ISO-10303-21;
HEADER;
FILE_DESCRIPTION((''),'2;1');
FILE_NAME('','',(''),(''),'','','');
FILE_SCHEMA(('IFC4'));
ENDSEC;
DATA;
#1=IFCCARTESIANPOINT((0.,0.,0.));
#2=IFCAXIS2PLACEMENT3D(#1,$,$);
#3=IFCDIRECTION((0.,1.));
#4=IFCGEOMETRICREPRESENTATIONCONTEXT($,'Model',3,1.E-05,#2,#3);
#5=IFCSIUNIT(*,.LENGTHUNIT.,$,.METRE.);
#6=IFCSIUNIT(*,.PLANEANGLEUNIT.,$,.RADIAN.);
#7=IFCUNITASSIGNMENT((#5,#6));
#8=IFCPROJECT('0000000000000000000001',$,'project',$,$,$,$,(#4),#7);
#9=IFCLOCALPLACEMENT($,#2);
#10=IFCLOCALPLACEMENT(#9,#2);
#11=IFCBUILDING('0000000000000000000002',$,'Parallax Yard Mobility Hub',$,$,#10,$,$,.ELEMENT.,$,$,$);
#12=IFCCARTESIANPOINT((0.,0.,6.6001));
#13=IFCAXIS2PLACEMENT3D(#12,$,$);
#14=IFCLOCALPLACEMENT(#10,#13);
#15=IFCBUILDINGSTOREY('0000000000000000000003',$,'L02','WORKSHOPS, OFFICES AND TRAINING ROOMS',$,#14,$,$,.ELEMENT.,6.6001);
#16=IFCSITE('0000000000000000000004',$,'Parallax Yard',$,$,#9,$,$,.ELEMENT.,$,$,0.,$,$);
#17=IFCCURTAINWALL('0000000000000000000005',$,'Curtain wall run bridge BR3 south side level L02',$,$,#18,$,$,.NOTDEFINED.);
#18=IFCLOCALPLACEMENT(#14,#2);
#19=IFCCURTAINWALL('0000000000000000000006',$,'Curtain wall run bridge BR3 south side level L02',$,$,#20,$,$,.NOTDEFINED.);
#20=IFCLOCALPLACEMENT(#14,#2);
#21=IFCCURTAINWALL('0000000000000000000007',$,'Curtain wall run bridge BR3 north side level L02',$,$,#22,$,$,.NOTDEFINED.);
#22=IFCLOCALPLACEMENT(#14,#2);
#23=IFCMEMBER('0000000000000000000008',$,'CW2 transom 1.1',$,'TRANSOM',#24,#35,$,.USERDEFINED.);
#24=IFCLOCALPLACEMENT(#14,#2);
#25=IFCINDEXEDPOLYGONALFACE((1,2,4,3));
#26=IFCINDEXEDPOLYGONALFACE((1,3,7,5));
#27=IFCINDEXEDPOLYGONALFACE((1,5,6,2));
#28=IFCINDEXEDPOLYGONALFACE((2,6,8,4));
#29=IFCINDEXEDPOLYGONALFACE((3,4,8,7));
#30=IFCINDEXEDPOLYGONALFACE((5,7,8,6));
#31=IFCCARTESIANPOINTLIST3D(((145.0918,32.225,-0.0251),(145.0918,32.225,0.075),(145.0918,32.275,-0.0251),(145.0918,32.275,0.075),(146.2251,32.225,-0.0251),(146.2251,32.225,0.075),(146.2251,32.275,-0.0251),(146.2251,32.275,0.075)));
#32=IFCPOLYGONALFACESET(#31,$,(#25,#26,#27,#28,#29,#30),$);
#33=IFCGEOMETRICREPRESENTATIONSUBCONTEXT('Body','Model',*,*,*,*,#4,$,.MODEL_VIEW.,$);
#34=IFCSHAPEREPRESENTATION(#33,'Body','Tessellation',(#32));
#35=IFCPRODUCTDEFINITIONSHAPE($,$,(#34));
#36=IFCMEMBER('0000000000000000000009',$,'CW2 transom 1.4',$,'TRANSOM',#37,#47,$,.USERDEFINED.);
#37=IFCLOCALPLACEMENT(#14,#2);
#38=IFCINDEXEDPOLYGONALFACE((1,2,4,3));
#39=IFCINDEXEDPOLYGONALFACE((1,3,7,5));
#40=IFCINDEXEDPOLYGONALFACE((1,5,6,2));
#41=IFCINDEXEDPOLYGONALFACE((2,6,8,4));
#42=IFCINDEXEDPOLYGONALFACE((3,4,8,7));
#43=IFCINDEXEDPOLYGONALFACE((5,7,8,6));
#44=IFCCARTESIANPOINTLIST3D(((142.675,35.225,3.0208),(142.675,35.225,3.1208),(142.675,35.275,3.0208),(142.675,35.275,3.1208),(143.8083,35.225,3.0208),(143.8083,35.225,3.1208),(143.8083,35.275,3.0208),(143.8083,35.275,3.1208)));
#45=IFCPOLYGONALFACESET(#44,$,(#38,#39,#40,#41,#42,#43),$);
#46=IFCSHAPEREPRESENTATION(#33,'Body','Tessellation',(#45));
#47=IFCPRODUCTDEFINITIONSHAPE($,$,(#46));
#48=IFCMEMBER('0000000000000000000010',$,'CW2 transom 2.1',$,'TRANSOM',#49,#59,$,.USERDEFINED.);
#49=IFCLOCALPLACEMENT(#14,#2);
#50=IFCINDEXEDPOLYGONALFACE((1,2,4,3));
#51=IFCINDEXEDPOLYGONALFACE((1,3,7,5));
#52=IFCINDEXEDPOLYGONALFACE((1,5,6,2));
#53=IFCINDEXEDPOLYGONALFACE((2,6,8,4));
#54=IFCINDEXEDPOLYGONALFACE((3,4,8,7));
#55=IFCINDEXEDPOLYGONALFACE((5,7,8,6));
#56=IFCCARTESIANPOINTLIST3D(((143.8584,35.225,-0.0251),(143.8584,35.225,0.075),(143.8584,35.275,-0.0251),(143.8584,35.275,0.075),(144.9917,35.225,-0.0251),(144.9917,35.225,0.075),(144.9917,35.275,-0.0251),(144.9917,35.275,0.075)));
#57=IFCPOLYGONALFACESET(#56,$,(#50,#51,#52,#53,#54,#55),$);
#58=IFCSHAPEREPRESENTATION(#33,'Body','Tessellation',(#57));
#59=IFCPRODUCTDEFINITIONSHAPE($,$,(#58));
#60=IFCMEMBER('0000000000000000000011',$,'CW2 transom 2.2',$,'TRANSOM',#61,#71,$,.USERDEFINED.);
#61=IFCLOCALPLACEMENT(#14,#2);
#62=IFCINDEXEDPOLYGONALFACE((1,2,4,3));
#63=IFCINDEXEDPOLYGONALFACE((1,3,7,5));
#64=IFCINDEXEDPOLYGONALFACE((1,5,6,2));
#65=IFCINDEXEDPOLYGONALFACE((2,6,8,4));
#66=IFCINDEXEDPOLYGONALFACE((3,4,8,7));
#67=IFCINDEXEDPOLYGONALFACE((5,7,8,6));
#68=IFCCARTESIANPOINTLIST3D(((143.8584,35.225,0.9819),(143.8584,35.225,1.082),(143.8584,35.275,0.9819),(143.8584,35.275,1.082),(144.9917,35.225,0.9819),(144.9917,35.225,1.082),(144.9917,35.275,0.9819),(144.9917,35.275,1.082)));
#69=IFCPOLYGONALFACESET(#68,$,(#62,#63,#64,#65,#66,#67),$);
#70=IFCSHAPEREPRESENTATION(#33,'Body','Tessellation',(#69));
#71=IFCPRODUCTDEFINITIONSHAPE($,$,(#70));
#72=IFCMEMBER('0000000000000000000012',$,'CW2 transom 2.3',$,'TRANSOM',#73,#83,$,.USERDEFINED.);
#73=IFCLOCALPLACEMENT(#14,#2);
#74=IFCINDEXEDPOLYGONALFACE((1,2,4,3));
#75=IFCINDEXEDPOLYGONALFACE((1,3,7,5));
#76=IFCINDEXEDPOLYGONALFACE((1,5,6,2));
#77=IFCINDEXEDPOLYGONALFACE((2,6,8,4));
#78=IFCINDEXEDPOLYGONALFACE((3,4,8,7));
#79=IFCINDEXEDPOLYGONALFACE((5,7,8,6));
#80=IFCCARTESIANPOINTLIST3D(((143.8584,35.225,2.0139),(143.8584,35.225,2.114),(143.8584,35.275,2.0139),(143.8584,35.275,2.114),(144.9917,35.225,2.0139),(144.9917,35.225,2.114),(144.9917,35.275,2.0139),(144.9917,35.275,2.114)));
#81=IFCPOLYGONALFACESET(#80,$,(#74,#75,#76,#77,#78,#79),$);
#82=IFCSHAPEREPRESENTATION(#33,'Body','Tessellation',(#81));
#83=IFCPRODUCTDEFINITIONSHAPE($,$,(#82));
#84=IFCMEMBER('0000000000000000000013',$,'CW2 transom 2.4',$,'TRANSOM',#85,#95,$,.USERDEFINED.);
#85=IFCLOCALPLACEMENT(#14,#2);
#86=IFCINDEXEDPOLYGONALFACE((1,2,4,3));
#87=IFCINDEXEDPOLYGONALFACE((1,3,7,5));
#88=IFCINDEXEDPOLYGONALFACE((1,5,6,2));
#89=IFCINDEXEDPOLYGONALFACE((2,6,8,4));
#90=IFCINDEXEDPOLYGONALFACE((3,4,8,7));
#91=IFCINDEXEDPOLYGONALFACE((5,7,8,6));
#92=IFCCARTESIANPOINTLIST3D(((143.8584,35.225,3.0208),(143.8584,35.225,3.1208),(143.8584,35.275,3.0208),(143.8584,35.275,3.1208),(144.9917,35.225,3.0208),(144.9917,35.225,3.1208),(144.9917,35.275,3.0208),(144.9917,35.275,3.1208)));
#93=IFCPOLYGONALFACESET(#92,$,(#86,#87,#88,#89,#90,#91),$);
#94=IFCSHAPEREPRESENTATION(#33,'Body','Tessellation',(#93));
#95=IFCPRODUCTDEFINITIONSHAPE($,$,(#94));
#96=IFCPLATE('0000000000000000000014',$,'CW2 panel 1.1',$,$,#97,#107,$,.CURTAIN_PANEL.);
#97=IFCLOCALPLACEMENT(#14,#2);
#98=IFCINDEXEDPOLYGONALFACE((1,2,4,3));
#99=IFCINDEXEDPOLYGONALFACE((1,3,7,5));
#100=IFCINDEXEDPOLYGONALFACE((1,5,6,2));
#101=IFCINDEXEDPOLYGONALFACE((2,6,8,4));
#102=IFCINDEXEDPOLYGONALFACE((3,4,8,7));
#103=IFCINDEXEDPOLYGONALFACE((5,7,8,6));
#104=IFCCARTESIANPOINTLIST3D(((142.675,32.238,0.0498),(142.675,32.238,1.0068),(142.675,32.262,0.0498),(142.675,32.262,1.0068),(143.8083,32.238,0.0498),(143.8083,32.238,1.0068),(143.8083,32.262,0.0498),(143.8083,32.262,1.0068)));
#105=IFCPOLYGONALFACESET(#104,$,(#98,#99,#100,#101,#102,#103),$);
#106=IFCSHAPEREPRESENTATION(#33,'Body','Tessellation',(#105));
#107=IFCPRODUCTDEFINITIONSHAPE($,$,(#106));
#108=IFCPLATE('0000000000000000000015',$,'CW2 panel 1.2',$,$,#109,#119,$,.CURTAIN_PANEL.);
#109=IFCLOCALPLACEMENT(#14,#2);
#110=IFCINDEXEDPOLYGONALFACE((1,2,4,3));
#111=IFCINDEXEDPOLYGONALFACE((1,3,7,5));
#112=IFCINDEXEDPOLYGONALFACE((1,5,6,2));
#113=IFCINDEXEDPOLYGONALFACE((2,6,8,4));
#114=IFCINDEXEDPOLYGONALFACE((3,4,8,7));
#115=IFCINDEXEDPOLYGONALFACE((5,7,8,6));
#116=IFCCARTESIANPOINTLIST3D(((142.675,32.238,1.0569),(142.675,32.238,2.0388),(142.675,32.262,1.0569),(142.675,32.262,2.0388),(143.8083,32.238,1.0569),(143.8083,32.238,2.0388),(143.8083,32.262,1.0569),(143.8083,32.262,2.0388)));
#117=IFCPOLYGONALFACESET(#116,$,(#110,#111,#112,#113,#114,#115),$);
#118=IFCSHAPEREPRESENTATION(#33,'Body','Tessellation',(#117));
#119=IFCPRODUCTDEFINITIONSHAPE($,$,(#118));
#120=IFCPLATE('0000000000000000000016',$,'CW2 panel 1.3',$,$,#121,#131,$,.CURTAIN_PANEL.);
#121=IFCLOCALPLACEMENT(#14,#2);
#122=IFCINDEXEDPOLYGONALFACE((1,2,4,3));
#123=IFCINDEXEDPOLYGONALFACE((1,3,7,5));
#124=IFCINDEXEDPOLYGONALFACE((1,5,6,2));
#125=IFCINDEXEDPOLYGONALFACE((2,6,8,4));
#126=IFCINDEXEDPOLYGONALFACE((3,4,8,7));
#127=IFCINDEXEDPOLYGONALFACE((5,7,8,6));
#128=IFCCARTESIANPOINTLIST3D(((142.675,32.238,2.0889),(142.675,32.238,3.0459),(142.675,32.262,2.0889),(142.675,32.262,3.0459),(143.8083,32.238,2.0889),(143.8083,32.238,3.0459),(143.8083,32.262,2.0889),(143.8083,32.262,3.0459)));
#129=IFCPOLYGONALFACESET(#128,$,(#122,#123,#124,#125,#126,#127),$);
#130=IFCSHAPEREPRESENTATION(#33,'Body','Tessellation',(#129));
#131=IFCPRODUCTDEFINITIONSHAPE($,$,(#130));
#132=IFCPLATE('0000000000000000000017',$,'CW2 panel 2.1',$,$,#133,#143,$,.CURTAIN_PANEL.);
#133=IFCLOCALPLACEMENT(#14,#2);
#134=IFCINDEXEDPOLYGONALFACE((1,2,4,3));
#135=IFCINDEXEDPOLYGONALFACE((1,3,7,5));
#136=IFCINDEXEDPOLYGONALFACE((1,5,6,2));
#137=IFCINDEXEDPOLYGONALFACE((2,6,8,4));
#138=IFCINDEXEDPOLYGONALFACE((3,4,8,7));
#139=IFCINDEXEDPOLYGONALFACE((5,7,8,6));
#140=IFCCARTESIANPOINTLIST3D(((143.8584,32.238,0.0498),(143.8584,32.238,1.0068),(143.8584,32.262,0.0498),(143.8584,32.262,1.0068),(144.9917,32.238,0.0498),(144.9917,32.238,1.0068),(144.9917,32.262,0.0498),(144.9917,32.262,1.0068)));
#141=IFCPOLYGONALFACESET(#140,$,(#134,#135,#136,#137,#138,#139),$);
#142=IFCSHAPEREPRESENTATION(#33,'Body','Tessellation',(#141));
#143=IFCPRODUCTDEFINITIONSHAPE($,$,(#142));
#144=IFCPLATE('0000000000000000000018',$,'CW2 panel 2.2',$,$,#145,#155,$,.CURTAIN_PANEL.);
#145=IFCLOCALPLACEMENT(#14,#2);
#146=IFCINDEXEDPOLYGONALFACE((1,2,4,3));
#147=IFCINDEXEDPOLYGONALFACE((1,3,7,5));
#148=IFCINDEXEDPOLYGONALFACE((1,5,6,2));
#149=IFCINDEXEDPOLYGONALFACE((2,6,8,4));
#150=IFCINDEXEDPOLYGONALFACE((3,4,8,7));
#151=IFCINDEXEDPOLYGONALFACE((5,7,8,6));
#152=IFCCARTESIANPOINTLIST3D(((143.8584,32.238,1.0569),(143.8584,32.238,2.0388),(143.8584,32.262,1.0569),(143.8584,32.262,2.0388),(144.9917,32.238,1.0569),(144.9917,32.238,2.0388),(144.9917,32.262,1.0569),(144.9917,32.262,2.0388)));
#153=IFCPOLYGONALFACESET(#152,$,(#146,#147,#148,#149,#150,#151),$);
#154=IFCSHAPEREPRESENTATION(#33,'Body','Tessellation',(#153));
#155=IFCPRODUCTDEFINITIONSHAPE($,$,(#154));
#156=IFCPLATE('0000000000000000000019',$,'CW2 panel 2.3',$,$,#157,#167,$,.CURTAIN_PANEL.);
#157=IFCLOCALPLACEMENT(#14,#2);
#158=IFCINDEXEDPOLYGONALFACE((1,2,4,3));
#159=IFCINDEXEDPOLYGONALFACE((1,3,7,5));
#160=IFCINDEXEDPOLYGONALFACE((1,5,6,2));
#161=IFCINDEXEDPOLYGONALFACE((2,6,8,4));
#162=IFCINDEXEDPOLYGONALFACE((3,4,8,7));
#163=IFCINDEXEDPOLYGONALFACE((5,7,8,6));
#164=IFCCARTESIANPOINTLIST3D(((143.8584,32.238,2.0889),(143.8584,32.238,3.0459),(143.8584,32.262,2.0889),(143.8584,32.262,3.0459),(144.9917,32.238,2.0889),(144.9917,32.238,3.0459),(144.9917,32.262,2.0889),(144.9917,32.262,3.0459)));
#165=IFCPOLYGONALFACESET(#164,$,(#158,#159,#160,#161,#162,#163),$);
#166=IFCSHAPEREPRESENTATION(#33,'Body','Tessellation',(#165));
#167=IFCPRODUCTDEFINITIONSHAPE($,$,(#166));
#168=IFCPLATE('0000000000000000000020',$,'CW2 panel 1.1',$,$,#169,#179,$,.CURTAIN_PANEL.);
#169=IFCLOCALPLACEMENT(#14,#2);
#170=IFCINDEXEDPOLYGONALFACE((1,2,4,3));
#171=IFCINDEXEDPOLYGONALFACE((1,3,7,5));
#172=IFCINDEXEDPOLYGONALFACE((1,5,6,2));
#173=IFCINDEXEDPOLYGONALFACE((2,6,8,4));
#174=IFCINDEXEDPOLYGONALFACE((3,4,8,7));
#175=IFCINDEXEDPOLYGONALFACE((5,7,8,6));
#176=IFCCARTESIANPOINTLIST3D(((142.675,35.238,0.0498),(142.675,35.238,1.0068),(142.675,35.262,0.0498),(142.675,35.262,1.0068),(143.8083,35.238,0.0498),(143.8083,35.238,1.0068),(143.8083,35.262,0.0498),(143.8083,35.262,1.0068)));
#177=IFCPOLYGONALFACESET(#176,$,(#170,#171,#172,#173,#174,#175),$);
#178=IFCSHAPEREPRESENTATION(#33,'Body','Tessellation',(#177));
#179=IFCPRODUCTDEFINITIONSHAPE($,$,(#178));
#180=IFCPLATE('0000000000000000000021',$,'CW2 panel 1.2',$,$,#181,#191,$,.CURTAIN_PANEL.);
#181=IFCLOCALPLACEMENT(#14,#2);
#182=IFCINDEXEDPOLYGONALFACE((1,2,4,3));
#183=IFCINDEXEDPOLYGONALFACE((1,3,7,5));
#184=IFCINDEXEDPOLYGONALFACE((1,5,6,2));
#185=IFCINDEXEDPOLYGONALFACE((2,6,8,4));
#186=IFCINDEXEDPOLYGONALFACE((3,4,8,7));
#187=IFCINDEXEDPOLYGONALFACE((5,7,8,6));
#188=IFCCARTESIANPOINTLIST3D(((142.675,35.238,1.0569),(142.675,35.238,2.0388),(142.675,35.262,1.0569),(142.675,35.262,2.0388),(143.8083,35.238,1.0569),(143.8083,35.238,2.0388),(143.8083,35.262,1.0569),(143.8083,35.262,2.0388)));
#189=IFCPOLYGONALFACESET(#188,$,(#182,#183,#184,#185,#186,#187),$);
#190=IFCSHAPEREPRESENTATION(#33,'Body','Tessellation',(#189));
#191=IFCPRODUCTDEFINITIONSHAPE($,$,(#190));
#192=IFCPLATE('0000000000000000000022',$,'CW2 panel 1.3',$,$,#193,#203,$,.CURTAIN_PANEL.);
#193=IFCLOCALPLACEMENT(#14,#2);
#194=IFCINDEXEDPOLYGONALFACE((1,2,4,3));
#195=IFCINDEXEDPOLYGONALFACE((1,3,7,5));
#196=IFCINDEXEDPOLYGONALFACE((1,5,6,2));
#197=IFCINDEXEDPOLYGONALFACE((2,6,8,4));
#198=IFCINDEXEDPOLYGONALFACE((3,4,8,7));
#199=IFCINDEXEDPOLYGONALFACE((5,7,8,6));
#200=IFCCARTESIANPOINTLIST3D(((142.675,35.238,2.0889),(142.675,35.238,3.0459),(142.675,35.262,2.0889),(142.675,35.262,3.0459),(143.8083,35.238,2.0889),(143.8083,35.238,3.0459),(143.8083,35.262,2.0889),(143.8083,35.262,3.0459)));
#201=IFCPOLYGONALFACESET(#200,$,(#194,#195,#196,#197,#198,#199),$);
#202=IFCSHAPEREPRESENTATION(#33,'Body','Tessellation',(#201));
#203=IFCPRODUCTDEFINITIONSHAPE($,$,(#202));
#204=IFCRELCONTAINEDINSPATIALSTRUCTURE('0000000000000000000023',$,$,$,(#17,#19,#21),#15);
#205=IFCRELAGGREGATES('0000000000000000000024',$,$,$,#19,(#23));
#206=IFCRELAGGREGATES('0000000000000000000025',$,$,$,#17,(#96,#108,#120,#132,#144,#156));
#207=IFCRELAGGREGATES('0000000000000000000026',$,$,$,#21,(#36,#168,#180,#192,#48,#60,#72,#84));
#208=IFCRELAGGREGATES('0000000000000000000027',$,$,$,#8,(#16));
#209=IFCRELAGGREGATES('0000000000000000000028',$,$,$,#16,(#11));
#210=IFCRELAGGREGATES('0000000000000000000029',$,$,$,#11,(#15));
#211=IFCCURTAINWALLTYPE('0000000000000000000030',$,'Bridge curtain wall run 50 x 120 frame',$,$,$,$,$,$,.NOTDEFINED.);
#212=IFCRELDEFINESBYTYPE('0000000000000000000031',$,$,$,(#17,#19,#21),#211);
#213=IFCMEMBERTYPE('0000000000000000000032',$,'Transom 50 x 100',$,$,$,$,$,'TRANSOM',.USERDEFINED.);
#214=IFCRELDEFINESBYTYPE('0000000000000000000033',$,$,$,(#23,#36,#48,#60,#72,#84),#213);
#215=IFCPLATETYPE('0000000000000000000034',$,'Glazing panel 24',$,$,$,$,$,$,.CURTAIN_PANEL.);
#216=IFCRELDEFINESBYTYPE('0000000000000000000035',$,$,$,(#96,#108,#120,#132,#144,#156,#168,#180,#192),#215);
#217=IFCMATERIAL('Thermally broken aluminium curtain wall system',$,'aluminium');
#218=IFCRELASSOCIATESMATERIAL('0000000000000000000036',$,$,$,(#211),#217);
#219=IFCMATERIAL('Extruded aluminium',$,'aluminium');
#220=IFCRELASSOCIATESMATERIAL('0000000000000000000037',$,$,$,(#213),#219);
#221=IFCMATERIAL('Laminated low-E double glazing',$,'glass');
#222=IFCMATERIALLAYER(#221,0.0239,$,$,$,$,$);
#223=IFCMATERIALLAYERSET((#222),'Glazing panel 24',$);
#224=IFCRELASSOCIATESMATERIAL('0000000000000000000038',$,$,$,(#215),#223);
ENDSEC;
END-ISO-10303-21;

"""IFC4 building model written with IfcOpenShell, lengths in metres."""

from ifc_helpers import new_model, si_unit, direction, frame, origin, origin_2d, place, context, subcontext, project, spatial, rectangle, extrude, material, layer, layer_set, material_profile, profile_set, type_object, element, aggregate, save


model = new_model("IFC4")

# Units and contexts
model_context = context("Model", 3, precision=1e-05, world=origin(), true_north=direction((0.0, 1.0)))
body_context = subcontext(model_context, "Body", "Model", "MODEL_VIEW")
ifc_project = project(units=[si_unit("LENGTHUNIT", "METRE"), si_unit("PLANEANGLEUNIT", "RADIAN")], contexts=[model_context])

# Site, building, storey
site_placement = place(None, origin())
site = spatial("IfcSite", under=ifc_project, at=site_placement, Name="Parallax Yard", CompositionType="ELEMENT", RefElevation=0.0)
building_placement = place(site_placement, origin())
building = spatial("IfcBuilding", under=site, at=building_placement, Name="Parallax Yard Mobility Hub", CompositionType="ELEMENT")
storey_placement = place(building_placement, frame((0.0, 0.0, 6.6001)))
storey = spatial("IfcBuildingStorey", under=building, at=storey_placement, Name="L02", Description="WORKSHOPS, OFFICES AND TRAINING ROOMS", CompositionType="ELEMENT", Elevation=6.6001)

# Curtain wall
ifc_material_1 = material(Name="Thermally broken aluminium curtain wall system", Category="aluminium")
curtain_wall_type = type_object("IfcCurtainWallType", Name="Bridge curtain wall run 50 x 120 frame", PredefinedType="NOTDEFINED", material=ifc_material_1)
curtain_wall_1_placement = place(storey_placement, origin())
curtain_wall_1 = element("IfcCurtainWall", 1, at=curtain_wall_1_placement, inside=storey, type_object=curtain_wall_type, Name="Curtain wall run bridge BR3 south side level L02", PredefinedType="NOTDEFINED")
ifc_material_2 = material(Name="Extruded aluminium", Category="aluminium")

# Curtain wall
curtain_wall_2_placement = place(storey_placement, origin())
curtain_wall_2 = element("IfcCurtainWall", 2, at=curtain_wall_2_placement, inside=storey, type_object=curtain_wall_type, Name="Curtain wall run bridge BR3 south side level L02", PredefinedType="NOTDEFINED")

# Curtain wall
curtain_wall_3_placement = place(storey_placement, origin())
curtain_wall_3 = element("IfcCurtainWall", 3, at=curtain_wall_3_placement, inside=storey, type_object=curtain_wall_type, Name="Curtain wall run bridge BR3 north side level L02", PredefinedType="NOTDEFINED")

# Members
ifc_material_profile_1 = material_profile(ifc_material_2, rectangle(XDim=0.05, YDim=0.1001, at=origin_2d()), Name="Transom 50 x 100")
ifc_profile_set_1 = profile_set([ifc_material_profile_1], Name="Extruded aluminium")
member_type_1 = type_object("IfcMemberType", Name="Transom 50 x 100", ElementType="TRANSOM", PredefinedType="USERDEFINED", material=ifc_profile_set_1)
member_1_placement = place(storey_placement, frame((145.0918, 32.25, 0.0249), z_axis=(1.0, 0.0, 0.0), x_axis=(0.0, 1.0, 0.0)))
member_1 = element("IfcMember", 4, at=member_1_placement, type_object=member_type_1, Name="CW2 transom 1.1", ObjectType="TRANSOM", PredefinedType="USERDEFINED", context=body_context, shape_type="SweptSolid", body=[
    extrude(rectangle(XDim=0.05, YDim=0.1001, at=origin_2d()), origin(), (0.0, 0.0, 1.0), 1.1333),
])
aggregate(curtain_wall_2, [member_1])
member_2_placement = place(storey_placement, frame((142.675, 35.25, 3.0708), z_axis=(1.0, 0.0, 0.0), x_axis=(0.0, 1.0, 0.0)))
member_2 = element("IfcMember", 5, at=member_2_placement, type_object=member_type_1, Name="CW2 transom 1.4", ObjectType="TRANSOM", PredefinedType="USERDEFINED", context=body_context, shape_type="SweptSolid", body=[
    extrude(rectangle(XDim=0.05, YDim=0.1001, at=origin_2d()), origin(), (0.0, 0.0, 1.0), 1.1333),
])
member_3_placement = place(storey_placement, frame((143.8584, 35.25, 0.0249), z_axis=(1.0, 0.0, 0.0), x_axis=(0.0, 1.0, 0.0)))
member_3 = element("IfcMember", 6, at=member_3_placement, type_object=member_type_1, Name="CW2 transom 2.1", ObjectType="TRANSOM", PredefinedType="USERDEFINED", context=body_context, shape_type="SweptSolid", body=[
    extrude(rectangle(XDim=0.05, YDim=0.1001, at=origin_2d()), origin(), (0.0, 0.0, 1.0), 1.1333),
])
member_4_placement = place(storey_placement, frame((143.8584, 35.25, 1.032), z_axis=(1.0, 0.0, 0.0), x_axis=(0.0, 1.0, 0.0)))
member_4 = element("IfcMember", 7, at=member_4_placement, type_object=member_type_1, Name="CW2 transom 2.2", ObjectType="TRANSOM", PredefinedType="USERDEFINED", context=body_context, shape_type="SweptSolid", body=[
    extrude(rectangle(XDim=0.05, YDim=0.1001, at=origin_2d()), origin(), (0.0, 0.0, 1.0), 1.1333),
])
member_5_placement = place(storey_placement, frame((143.8584, 35.25, 2.064), z_axis=(1.0, 0.0, 0.0), x_axis=(0.0, 1.0, 0.0)))
member_5 = element("IfcMember", 8, at=member_5_placement, type_object=member_type_1, Name="CW2 transom 2.3", ObjectType="TRANSOM", PredefinedType="USERDEFINED", context=body_context, shape_type="SweptSolid", body=[
    extrude(rectangle(XDim=0.05, YDim=0.1001, at=origin_2d()), origin(), (0.0, 0.0, 1.0), 1.1333),
])
member_6_placement = place(storey_placement, frame((143.8584, 35.25, 3.0708), z_axis=(1.0, 0.0, 0.0), x_axis=(0.0, 1.0, 0.0)))
member_6 = element("IfcMember", 9, at=member_6_placement, type_object=member_type_1, Name="CW2 transom 2.4", ObjectType="TRANSOM", PredefinedType="USERDEFINED", context=body_context, shape_type="SweptSolid", body=[
    extrude(rectangle(XDim=0.05, YDim=0.1001, at=origin_2d()), origin(), (0.0, 0.0, 1.0), 1.1333),
])

# Plates
ifc_material_3 = material(Name="Laminated low-E double glazing", Category="glass")
ifc_layer = layer(ifc_material_3, 0.0239)
ifc_layer_set = layer_set([ifc_layer], Name="Glazing panel 24")
plate_type = type_object("IfcPlateType", Name="Glazing panel 24", PredefinedType="CURTAIN_PANEL", material=ifc_layer_set)
plate_1_placement = place(storey_placement, frame((143.2417, 32.25, 0.0498), z_axis=(0.0, 0.0, 1.0), x_axis=(1.0, 0.0, 0.0)))
plate_1 = element("IfcPlate", 10, at=plate_1_placement, type_object=plate_type, Name="CW2 panel 1.1", PredefinedType="CURTAIN_PANEL", context=body_context, shape_type="SweptSolid", body=[
    extrude(rectangle(XDim=1.1333, YDim=0.0239, at=origin_2d()), origin(), (0.0, 0.0, 1.0), 0.957),
])
plate_2_placement = place(storey_placement, frame((143.2417, 32.25, 1.0569), z_axis=(0.0, 0.0, 1.0), x_axis=(1.0, 0.0, 0.0)))
plate_2 = element("IfcPlate", 11, at=plate_2_placement, type_object=plate_type, Name="CW2 panel 1.2", PredefinedType="CURTAIN_PANEL", context=body_context, shape_type="SweptSolid", body=[
    extrude(rectangle(XDim=1.1333, YDim=0.0239, at=origin_2d()), origin(), (0.0, 0.0, 1.0), 0.9819),
])
plate_3_placement = place(storey_placement, frame((143.2417, 32.25, 2.0889), z_axis=(0.0, 0.0, 1.0), x_axis=(1.0, 0.0, 0.0)))
plate_3 = element("IfcPlate", 12, at=plate_3_placement, type_object=plate_type, Name="CW2 panel 1.3", PredefinedType="CURTAIN_PANEL", context=body_context, shape_type="SweptSolid", body=[
    extrude(rectangle(XDim=1.1333, YDim=0.0239, at=origin_2d()), origin(), (0.0, 0.0, 1.0), 0.957),
])
plate_4_placement = place(storey_placement, frame((144.425, 32.25, 0.0498), z_axis=(0.0, 0.0, 1.0), x_axis=(1.0, 0.0, 0.0)))
plate_4 = element("IfcPlate", 13, at=plate_4_placement, type_object=plate_type, Name="CW2 panel 2.1", PredefinedType="CURTAIN_PANEL", context=body_context, shape_type="SweptSolid", body=[
    extrude(rectangle(XDim=1.1333, YDim=0.0239, at=origin_2d()), origin(), (0.0, 0.0, 1.0), 0.957),
])
plate_5_placement = place(storey_placement, frame((144.425, 32.25, 1.0569), z_axis=(0.0, 0.0, 1.0), x_axis=(1.0, 0.0, 0.0)))
plate_5 = element("IfcPlate", 14, at=plate_5_placement, type_object=plate_type, Name="CW2 panel 2.2", PredefinedType="CURTAIN_PANEL", context=body_context, shape_type="SweptSolid", body=[
    extrude(rectangle(XDim=1.1333, YDim=0.0239, at=origin_2d()), origin(), (0.0, 0.0, 1.0), 0.9819),
])
plate_6_placement = place(storey_placement, frame((144.425, 32.25, 2.0889), z_axis=(0.0, 0.0, 1.0), x_axis=(1.0, 0.0, 0.0)))
plate_6 = element("IfcPlate", 15, at=plate_6_placement, type_object=plate_type, Name="CW2 panel 2.3", PredefinedType="CURTAIN_PANEL", context=body_context, shape_type="SweptSolid", body=[
    extrude(rectangle(XDim=1.1333, YDim=0.0239, at=origin_2d()), origin(), (0.0, 0.0, 1.0), 0.957),
])
aggregate(curtain_wall_1, [plate_1, plate_2, plate_3, plate_4, plate_5, plate_6])
plate_7_placement = place(storey_placement, frame((143.2417, 35.25, 0.0498), z_axis=(0.0, 0.0, 1.0), x_axis=(1.0, 0.0, 0.0)))
plate_7 = element("IfcPlate", 16, at=plate_7_placement, type_object=plate_type, Name="CW2 panel 1.1", PredefinedType="CURTAIN_PANEL", context=body_context, shape_type="SweptSolid", body=[
    extrude(rectangle(XDim=1.1333, YDim=0.0239, at=origin_2d()), origin(), (0.0, 0.0, 1.0), 0.957),
])
plate_8_placement = place(storey_placement, frame((143.2417, 35.25, 1.0569), z_axis=(0.0, 0.0, 1.0), x_axis=(1.0, 0.0, 0.0)))
plate_8 = element("IfcPlate", 17, at=plate_8_placement, type_object=plate_type, Name="CW2 panel 1.2", PredefinedType="CURTAIN_PANEL", context=body_context, shape_type="SweptSolid", body=[
    extrude(rectangle(XDim=1.1333, YDim=0.0239, at=origin_2d()), origin(), (0.0, 0.0, 1.0), 0.9819),
])
plate_9_placement = place(storey_placement, frame((143.2417, 35.25, 2.0889), z_axis=(0.0, 0.0, 1.0), x_axis=(1.0, 0.0, 0.0)))
plate_9 = element("IfcPlate", 18, at=plate_9_placement, type_object=plate_type, Name="CW2 panel 1.3", PredefinedType="CURTAIN_PANEL", context=body_context, shape_type="SweptSolid", body=[
    extrude(rectangle(XDim=1.1333, YDim=0.0239, at=origin_2d()), origin(), (0.0, 0.0, 1.0), 0.957),
])
aggregate(curtain_wall_3, [member_2, plate_7, plate_8, plate_9, member_3, member_4, member_5, member_6])

save(model, "model.ifc")
